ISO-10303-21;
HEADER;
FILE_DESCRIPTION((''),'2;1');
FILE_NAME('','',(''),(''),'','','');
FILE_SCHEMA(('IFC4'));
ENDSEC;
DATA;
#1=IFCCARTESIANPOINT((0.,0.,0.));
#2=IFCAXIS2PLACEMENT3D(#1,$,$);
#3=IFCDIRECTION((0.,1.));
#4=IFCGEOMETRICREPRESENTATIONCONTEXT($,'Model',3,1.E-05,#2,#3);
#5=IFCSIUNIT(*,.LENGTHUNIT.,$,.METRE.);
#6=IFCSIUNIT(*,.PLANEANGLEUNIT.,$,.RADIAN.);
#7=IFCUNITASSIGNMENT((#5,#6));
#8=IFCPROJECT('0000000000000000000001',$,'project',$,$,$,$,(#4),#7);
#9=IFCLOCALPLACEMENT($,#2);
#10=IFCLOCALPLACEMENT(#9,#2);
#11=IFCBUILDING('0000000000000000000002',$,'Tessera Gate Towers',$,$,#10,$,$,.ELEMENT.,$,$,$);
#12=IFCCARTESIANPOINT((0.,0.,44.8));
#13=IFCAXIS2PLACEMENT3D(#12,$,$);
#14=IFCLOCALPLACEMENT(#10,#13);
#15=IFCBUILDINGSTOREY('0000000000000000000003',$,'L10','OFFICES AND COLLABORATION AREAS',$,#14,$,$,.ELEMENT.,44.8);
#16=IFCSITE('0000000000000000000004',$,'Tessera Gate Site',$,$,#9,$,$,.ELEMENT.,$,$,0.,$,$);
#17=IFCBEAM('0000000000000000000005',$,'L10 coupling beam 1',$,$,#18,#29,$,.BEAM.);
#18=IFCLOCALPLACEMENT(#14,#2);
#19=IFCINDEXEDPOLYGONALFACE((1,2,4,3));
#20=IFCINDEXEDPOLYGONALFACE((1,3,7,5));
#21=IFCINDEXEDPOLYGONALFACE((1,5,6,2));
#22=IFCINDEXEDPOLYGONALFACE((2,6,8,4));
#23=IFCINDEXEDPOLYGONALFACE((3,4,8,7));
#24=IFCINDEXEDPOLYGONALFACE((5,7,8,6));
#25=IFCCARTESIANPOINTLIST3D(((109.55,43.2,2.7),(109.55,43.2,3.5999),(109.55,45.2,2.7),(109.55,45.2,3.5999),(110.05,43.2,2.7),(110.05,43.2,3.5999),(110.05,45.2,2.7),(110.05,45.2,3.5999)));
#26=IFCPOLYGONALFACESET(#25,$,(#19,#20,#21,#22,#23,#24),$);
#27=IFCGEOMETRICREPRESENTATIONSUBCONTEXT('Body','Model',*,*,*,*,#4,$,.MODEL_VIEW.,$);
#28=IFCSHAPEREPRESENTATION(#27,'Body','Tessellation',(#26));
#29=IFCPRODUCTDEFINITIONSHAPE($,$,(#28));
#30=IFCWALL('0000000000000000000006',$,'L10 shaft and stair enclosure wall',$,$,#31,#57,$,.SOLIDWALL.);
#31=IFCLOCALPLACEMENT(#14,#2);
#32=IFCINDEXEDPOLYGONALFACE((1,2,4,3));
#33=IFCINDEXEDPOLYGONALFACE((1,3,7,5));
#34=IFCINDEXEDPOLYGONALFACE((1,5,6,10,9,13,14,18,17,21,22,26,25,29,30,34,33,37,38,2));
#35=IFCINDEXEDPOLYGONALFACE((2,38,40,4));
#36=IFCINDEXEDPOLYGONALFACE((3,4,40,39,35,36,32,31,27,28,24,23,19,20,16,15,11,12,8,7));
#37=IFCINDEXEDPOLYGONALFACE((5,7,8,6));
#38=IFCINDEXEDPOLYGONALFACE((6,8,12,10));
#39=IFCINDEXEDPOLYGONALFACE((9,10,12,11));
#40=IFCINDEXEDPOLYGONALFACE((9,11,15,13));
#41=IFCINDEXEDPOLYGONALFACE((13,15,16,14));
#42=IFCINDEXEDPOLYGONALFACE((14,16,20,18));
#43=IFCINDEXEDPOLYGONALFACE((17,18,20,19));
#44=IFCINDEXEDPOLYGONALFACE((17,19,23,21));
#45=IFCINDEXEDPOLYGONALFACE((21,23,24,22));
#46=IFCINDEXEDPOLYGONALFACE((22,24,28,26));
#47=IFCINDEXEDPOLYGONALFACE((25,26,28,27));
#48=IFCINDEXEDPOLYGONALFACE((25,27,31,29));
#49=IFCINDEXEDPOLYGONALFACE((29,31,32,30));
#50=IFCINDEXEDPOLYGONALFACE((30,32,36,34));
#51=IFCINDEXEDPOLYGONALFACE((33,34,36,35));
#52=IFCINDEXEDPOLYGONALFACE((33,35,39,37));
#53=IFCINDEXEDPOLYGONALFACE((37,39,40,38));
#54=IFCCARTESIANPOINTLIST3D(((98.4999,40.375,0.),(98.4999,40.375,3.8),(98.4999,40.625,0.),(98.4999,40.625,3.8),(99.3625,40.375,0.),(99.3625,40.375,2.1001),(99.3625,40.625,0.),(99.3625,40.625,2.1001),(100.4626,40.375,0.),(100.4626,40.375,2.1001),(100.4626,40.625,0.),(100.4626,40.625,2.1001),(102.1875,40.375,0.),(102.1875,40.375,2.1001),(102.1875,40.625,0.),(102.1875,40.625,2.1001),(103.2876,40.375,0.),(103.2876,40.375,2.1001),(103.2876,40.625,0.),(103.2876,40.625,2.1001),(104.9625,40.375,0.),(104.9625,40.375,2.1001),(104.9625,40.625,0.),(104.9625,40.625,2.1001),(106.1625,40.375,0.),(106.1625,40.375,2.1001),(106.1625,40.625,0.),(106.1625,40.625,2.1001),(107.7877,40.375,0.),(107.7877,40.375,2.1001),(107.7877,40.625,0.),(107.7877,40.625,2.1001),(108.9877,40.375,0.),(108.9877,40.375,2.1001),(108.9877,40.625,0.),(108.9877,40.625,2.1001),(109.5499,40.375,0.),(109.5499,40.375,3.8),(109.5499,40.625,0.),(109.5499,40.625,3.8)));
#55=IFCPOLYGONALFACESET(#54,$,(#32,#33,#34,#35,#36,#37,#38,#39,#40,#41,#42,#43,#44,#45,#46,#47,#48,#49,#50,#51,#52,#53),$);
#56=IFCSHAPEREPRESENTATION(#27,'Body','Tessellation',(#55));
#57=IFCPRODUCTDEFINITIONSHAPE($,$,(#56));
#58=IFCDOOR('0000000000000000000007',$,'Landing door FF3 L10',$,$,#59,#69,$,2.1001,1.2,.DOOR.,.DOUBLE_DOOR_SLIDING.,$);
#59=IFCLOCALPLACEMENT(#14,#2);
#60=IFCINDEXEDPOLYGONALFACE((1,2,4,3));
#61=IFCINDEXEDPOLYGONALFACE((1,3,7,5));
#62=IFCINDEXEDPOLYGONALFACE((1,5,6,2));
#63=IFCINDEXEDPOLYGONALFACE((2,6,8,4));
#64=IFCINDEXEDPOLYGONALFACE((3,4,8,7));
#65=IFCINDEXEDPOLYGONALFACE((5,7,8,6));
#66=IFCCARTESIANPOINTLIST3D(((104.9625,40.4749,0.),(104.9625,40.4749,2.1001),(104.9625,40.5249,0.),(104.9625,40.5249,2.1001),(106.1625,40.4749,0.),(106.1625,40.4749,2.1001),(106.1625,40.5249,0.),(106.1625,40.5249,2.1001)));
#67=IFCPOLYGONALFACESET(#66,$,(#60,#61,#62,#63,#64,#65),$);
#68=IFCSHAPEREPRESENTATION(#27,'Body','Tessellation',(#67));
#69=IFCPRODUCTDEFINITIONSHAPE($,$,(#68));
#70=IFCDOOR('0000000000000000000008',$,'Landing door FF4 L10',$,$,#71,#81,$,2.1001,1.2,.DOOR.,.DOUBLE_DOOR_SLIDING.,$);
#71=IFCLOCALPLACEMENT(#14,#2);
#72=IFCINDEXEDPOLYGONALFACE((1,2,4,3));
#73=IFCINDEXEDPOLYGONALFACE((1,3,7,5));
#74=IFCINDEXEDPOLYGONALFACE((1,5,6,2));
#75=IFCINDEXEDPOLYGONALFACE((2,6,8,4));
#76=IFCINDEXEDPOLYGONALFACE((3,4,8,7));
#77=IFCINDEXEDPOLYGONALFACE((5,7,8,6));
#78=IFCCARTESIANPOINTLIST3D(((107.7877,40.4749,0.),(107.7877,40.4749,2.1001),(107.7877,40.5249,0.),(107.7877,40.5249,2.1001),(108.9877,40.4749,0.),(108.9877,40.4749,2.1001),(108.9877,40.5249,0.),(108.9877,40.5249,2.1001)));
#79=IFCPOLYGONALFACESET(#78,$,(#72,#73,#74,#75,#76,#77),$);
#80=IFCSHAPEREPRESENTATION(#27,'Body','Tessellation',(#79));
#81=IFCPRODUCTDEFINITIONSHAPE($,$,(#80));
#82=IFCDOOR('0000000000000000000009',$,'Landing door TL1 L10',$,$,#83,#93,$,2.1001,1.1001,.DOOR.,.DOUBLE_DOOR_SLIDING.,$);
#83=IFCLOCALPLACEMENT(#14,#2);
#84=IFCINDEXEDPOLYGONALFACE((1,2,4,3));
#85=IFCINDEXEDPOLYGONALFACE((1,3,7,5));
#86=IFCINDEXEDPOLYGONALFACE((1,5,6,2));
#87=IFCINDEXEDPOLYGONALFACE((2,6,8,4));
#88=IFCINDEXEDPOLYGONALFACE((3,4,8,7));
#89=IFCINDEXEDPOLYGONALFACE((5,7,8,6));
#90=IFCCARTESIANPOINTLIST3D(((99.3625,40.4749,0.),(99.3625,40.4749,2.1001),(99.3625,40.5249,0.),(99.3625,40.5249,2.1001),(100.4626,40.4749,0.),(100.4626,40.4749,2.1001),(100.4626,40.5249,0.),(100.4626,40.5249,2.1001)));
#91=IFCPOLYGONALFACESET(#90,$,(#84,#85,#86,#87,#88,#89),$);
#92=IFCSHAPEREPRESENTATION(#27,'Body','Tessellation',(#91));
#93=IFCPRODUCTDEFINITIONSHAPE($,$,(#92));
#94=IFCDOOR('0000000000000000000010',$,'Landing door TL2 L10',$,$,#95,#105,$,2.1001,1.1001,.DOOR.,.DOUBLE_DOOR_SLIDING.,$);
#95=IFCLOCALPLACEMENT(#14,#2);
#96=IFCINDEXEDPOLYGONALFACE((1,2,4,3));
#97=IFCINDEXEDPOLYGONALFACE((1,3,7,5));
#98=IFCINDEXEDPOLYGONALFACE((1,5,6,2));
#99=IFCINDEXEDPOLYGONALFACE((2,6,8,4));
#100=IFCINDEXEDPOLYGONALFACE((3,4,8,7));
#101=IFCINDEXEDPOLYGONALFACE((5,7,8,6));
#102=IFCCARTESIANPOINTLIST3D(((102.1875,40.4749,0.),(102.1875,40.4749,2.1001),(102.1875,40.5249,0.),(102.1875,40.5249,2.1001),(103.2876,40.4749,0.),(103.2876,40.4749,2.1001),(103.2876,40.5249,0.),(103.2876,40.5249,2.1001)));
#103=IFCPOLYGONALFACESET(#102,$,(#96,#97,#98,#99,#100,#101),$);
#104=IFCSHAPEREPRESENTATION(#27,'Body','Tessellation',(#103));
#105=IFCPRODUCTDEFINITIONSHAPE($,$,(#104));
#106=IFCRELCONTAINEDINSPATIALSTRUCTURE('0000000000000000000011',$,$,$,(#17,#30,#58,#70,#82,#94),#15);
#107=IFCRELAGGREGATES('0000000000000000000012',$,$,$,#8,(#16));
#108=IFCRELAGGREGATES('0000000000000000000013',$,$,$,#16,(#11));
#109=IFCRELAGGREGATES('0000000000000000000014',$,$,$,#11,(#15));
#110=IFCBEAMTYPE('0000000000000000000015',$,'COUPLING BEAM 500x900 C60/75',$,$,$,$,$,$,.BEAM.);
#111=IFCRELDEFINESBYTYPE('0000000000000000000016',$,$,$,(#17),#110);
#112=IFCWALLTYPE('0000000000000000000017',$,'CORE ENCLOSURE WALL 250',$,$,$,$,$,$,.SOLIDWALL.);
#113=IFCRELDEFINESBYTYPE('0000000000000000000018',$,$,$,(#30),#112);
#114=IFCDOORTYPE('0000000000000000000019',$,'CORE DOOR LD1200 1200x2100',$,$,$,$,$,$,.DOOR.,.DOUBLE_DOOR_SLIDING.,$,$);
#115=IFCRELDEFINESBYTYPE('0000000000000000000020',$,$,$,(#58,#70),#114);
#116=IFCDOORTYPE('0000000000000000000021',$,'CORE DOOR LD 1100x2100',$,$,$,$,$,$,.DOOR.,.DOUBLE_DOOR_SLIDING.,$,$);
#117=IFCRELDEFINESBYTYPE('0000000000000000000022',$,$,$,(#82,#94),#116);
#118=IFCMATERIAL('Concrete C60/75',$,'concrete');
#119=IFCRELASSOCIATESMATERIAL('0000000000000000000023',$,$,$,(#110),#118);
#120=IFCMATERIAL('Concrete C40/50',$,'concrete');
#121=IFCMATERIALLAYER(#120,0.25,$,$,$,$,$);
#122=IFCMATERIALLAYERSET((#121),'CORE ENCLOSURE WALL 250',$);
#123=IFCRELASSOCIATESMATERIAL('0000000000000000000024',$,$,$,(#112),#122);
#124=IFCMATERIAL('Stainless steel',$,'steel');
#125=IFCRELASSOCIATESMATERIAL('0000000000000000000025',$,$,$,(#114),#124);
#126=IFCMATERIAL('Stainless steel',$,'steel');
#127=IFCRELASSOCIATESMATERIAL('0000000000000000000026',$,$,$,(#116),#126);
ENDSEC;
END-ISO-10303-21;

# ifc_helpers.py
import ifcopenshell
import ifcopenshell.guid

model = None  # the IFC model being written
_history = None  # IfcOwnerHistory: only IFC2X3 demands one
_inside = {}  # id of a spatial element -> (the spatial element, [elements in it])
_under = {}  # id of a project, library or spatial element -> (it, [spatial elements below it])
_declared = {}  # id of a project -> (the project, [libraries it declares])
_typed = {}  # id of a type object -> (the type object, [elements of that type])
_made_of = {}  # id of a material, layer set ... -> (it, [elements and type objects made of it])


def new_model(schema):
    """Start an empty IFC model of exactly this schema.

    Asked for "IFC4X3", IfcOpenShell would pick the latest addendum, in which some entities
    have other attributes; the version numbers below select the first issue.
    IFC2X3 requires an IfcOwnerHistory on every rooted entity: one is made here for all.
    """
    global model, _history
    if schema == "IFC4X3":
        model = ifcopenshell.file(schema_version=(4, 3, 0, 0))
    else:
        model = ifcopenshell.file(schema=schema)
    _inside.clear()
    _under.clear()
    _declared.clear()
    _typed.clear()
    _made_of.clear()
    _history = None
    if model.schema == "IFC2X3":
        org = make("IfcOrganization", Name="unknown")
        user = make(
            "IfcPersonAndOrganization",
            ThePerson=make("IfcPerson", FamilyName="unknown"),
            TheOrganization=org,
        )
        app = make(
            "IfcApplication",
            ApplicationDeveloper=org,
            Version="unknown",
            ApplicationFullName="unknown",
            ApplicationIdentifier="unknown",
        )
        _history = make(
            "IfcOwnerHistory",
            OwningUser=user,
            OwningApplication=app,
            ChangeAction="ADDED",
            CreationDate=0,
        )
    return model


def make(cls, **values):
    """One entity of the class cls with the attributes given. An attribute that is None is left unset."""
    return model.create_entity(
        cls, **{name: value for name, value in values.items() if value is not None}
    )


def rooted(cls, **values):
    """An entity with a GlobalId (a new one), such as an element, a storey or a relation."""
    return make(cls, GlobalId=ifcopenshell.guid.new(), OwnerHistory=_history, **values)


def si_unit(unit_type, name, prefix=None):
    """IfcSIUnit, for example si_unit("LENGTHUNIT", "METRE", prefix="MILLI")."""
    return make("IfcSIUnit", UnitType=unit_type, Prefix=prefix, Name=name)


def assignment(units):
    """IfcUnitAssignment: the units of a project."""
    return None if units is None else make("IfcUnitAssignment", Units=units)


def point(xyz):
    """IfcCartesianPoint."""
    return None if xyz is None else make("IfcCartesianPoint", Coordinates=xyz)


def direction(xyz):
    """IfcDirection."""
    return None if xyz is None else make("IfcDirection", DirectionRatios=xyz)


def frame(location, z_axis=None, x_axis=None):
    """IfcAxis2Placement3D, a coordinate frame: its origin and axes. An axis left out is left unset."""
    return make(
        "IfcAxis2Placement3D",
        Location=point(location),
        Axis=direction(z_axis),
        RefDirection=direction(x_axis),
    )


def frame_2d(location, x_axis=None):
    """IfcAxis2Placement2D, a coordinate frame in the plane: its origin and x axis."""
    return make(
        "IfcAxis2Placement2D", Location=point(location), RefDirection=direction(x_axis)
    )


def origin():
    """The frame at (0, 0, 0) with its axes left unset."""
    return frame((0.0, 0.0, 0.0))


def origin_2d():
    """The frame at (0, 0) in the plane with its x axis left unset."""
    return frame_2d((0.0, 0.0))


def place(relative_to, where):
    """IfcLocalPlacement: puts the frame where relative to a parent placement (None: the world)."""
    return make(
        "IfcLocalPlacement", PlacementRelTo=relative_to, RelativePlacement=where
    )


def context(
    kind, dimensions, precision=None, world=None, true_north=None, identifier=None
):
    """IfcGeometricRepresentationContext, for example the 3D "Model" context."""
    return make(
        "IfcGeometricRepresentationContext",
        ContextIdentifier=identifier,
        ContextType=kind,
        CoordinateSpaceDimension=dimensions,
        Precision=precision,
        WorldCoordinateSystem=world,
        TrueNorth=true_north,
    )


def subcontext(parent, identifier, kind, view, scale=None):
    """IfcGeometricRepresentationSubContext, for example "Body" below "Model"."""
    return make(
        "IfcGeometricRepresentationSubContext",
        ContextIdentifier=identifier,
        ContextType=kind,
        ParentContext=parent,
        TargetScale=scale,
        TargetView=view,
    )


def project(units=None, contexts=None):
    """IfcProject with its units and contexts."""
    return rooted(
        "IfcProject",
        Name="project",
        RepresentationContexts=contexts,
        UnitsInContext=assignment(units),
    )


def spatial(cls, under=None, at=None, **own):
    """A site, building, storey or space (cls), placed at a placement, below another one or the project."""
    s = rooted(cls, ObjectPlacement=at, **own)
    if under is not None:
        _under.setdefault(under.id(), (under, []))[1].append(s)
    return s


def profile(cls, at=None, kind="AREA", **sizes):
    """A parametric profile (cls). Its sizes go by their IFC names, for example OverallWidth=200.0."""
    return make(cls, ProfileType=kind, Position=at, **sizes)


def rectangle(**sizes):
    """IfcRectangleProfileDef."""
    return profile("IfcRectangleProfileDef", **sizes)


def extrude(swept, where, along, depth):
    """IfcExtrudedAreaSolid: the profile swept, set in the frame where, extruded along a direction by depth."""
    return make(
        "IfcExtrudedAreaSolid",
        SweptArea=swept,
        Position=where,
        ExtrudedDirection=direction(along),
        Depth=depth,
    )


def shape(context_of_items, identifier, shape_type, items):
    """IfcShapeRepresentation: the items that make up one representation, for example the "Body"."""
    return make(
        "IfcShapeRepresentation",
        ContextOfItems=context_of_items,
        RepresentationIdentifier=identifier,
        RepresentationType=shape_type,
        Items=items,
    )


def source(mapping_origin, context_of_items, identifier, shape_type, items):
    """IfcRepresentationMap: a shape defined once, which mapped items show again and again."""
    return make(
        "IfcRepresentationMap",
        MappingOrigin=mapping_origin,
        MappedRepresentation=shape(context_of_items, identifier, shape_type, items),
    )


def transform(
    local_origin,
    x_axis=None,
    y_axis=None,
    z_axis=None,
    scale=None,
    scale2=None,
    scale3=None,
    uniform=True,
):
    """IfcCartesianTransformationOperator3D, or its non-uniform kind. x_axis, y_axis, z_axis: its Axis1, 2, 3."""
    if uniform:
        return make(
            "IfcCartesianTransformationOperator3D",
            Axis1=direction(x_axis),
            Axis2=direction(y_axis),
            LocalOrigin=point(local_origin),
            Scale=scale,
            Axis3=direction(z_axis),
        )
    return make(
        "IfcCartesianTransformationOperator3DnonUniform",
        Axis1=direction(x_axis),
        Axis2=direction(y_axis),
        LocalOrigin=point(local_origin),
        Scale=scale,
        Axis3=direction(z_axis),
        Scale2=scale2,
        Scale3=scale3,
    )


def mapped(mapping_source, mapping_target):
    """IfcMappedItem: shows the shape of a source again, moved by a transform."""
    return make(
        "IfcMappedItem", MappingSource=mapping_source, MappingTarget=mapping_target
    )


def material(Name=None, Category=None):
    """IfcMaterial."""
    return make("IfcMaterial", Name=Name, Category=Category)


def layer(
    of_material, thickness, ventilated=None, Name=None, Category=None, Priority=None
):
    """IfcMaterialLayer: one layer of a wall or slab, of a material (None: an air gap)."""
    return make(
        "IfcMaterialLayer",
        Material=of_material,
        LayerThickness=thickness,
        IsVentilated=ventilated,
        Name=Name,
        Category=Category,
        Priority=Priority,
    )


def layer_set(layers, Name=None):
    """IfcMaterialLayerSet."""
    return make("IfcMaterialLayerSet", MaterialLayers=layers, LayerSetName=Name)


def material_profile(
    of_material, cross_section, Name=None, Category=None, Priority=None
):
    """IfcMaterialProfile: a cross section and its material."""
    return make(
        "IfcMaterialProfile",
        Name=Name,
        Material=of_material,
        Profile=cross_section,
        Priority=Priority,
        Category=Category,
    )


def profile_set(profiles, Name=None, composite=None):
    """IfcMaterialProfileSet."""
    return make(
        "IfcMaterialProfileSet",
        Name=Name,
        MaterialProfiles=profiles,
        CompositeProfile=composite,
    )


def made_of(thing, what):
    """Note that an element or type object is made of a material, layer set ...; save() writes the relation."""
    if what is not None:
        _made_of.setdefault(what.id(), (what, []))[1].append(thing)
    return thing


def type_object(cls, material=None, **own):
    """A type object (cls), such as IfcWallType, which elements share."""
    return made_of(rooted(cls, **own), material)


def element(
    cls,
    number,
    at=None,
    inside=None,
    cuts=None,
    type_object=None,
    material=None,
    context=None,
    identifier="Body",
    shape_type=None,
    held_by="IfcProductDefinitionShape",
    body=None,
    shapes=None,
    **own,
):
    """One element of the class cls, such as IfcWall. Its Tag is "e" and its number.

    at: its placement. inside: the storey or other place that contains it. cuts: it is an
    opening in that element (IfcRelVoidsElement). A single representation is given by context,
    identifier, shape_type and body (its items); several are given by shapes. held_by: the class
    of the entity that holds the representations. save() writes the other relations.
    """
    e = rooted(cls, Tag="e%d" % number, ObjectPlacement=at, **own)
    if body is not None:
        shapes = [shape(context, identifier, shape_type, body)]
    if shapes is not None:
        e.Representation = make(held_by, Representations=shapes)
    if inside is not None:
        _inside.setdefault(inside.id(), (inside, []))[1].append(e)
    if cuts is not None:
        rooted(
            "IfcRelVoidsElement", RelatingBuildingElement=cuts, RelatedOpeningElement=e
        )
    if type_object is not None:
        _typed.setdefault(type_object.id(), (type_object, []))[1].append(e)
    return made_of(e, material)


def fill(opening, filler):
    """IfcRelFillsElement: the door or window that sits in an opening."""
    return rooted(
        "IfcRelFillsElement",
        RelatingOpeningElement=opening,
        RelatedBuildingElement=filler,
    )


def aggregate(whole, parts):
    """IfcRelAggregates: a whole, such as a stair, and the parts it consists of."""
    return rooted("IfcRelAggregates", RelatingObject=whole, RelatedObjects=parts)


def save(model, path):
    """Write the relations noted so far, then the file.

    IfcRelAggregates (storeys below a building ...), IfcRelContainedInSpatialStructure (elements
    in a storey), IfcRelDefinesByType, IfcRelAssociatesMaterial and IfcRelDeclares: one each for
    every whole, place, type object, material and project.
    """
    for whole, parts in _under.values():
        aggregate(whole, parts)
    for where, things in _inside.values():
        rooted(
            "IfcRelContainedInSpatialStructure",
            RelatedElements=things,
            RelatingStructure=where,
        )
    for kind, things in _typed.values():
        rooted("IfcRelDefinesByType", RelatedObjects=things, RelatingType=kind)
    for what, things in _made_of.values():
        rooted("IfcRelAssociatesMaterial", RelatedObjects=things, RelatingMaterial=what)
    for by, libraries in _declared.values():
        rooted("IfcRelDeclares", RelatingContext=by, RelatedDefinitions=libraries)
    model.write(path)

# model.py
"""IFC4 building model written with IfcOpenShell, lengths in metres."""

from ifc_helpers import new_model, si_unit, direction, frame, frame_2d, origin, origin_2d, place, context, subcontext, project, spatial, rectangle, extrude, source, transform, mapped, material, layer, layer_set, material_profile, profile_set, type_object, element, fill, save


model = new_model("IFC4")

# Units and contexts
model_context = context("Model", 3, precision=1e-05, world=origin(), true_north=direction((0.0, 1.0)))
body_context = subcontext(model_context, "Body", "Model", "MODEL_VIEW")
ifc_project = project(units=[si_unit("LENGTHUNIT", "METRE"), si_unit("PLANEANGLEUNIT", "RADIAN")], contexts=[model_context])

# Site, building, storey
site_placement = place(None, origin())
site = spatial("IfcSite", under=ifc_project, at=site_placement, Name="Tessera Gate Site", CompositionType="ELEMENT", RefElevation=0.0)
building_placement = place(site_placement, origin())
building = spatial("IfcBuilding", under=site, at=building_placement, Name="Tessera Gate Towers", CompositionType="ELEMENT")
storey_placement = place(building_placement, frame((0.0, 0.0, 44.8)))
storey = spatial("IfcBuildingStorey", under=building, at=storey_placement, Name="L10", Description="OFFICES AND COLLABORATION AREAS", CompositionType="ELEMENT", Elevation=44.8)

# Beam
ifc_material_1 = material(Name="Concrete C60/75", Category="concrete")
ifc_material_profile = material_profile(ifc_material_1, rectangle(XDim=0.5, YDim=0.8999, at=origin_2d()), Name="RC 500x900")
ifc_profile_set = profile_set([ifc_material_profile], Name="Concrete C60/75")
beam_type = type_object("IfcBeamType", Name="COUPLING BEAM 500x900 C60/75", PredefinedType="BEAM", material=ifc_profile_set)
beam_placement = place(storey_placement, frame((109.8, 43.2, 3.1499), z_axis=(0.0, 1.0, 0.0), x_axis=(-1.0, 0.0, 0.0)))
element("IfcBeam", 1, at=beam_placement, inside=storey, type_object=beam_type, Name="L10 coupling beam 1", PredefinedType="BEAM", context=body_context, shape_type="SweptSolid", body=[
    extrude(rectangle(XDim=0.5, YDim=0.8999, at=origin_2d()), origin(), (0.0, 0.0, 1.0), 2.0),
])

# Wall, openings, doors
ifc_material_2 = material(Name="Concrete C40/50", Category="concrete")
ifc_layer_1 = layer(ifc_material_2, 0.25)
ifc_layer_set_1 = layer_set([ifc_layer_1], Name="CORE ENCLOSURE WALL 250")
wall_type_1 = type_object("IfcWallType", Name="CORE ENCLOSURE WALL 250", PredefinedType="SOLIDWALL", material=ifc_layer_set_1)
wall_1_placement = place(storey_placement, frame((98.5, 40.5, 0.0), z_axis=(0.0, 0.0, 1.0), x_axis=(1.0, 0.0, 0.0)))
wall_1 = element("IfcWall", 2, at=wall_1_placement, inside=storey, type_object=wall_type_1, Name="L10 shaft and stair enclosure wall", PredefinedType="SOLIDWALL", context=body_context, shape_type="SweptSolid", body=[
    extrude(rectangle(XDim=11.05, YDim=0.25, at=frame_2d((5.5249, 0.0))), origin(), (0.0, 0.0, 1.0), 3.8),
])
shared_shape_1 = source(origin(), body_context, "Body", "SweptSolid", [
    extrude(rectangle(XDim=1.1001, YDim=2.1001, at=frame_2d((0.55, 1.05))), frame((0.0, 0.135, 0.0), z_axis=(0.0, -1.0, 0.0), x_axis=(1.0, 0.0, 0.0)), (0.0, 0.0, 1.0), 0.27),
])
opening_1_placement = place(wall_1_placement, frame((0.8625, 0.0, 0.0)))
opening_1 = element("IfcOpeningElement", 3, at=opening_1_placement, cuts=wall_1, PredefinedType="OPENING", context=body_context, shape_type="MappedRepresentation", body=[
    mapped(shared_shape_1, transform((0.0, 0.0, 0.0), scale=1.0)),
])
opening_2_placement = place(wall_1_placement, frame((3.6875, 0.0, 0.0)))
opening_2 = element("IfcOpeningElement", 4, at=opening_2_placement, cuts=wall_1, PredefinedType="OPENING", context=body_context, shape_type="MappedRepresentation", body=[
    mapped(shared_shape_1, transform((0.0, 0.0, 0.0), scale=1.0)),
])
shared_shape_2 = source(origin(), body_context, "Body", "SweptSolid", [
    extrude(rectangle(XDim=1.2, YDim=2.1001, at=frame_2d((0.6001, 1.05))), frame((0.0, 0.135, 0.0), z_axis=(0.0, -1.0, 0.0), x_axis=(1.0, 0.0, 0.0)), (0.0, 0.0, 1.0), 0.27),
])
opening_3_placement = place(wall_1_placement, frame((6.4624, 0.0, 0.0)))
opening_3 = element("IfcOpeningElement", 5, at=opening_3_placement, cuts=wall_1, PredefinedType="OPENING", context=body_context, shape_type="MappedRepresentation", body=[
    mapped(shared_shape_2, transform((0.0, 0.0, 0.0), scale=1.0)),
])
opening_4_placement = place(wall_1_placement, frame((9.2876, 0.0, 0.0)))
opening_4 = element("IfcOpeningElement", 6, at=opening_4_placement, cuts=wall_1, PredefinedType="OPENING", context=body_context, shape_type="MappedRepresentation", body=[
    mapped(shared_shape_2, transform((0.0, 0.0, 0.0), scale=1.0)),
])
ifc_material_3 = material(Name="Stainless steel", Category="steel")
door_type_1 = type_object("IfcDoorType", Name="CORE DOOR LD1200 1200x2100", OperationType="DOUBLE_DOOR_SLIDING", PredefinedType="DOOR", material=ifc_material_3)
shared_shape_3 = source(origin(), body_context, "Body", "SweptSolid", [
    extrude(rectangle(XDim=1.2, YDim=2.1001, at=frame_2d((0.6001, 1.05))), frame((0.0, 0.0249, 0.0), z_axis=(0.0, -1.0, 0.0), x_axis=(1.0, 0.0, 0.0)), (0.0, 0.0, 1.0), 0.05),
])
door_1_placement = place(opening_3_placement, origin())
door_1 = element("IfcDoor", 7, at=door_1_placement, inside=storey, type_object=door_type_1, Name="Landing door FF3 L10", OperationType="DOUBLE_DOOR_SLIDING", OverallHeight=2.1001, OverallWidth=1.2, PredefinedType="DOOR", context=body_context, shape_type="MappedRepresentation", body=[
    mapped(shared_shape_3, transform((0.0, 0.0, 0.0), scale=1.0)),
])
fill(opening_3, door_1)
door_2_placement = place(opening_4_placement, origin())
door_2 = element("IfcDoor", 8, at=door_2_placement, inside=storey, type_object=door_type_1, Name="Landing door FF4 L10", OperationType="DOUBLE_DOOR_SLIDING", OverallHeight=2.1001, OverallWidth=1.2, PredefinedType="DOOR", context=body_context, shape_type="MappedRepresentation", body=[
    mapped(shared_shape_3, transform((0.0, 0.0, 0.0), scale=1.0)),
])
fill(opening_4, door_2)
ifc_material_4 = material(Name="Stainless steel", Category="steel")
door_type_2 = type_object("IfcDoorType", Name="CORE DOOR LD 1100x2100", OperationType="DOUBLE_DOOR_SLIDING", PredefinedType="DOOR", material=ifc_material_4)
shared_shape_4 = source(origin(), body_context, "Body", "SweptSolid", [
    extrude(rectangle(XDim=1.1001, YDim=2.1001, at=frame_2d((0.55, 1.05))), frame((0.0, 0.0249, 0.0), z_axis=(0.0, -1.0, 0.0), x_axis=(1.0, 0.0, 0.0)), (0.0, 0.0, 1.0), 0.05),
])
door_3_placement = place(opening_1_placement, origin())
door_3 = element("IfcDoor", 9, at=door_3_placement, inside=storey, type_object=door_type_2, Name="Landing door TL1 L10", OperationType="DOUBLE_DOOR_SLIDING", OverallHeight=2.1001, OverallWidth=1.1001, PredefinedType="DOOR", context=body_context, shape_type="MappedRepresentation", body=[
    mapped(shared_shape_4, transform((0.0, 0.0, 0.0), scale=1.0)),
])
fill(opening_1, door_3)
door_4_placement = place(opening_2_placement, origin())
door_4 = element("IfcDoor", 10, at=door_4_placement, inside=storey, type_object=door_type_2, Name="Landing door TL2 L10", OperationType="DOUBLE_DOOR_SLIDING", OverallHeight=2.1001, OverallWidth=1.1001, PredefinedType="DOOR", context=body_context, shape_type="MappedRepresentation", body=[
    mapped(shared_shape_4, transform((0.0, 0.0, 0.0), scale=1.0)),
])
fill(opening_2, door_4)

save(model, "model.ifc")
